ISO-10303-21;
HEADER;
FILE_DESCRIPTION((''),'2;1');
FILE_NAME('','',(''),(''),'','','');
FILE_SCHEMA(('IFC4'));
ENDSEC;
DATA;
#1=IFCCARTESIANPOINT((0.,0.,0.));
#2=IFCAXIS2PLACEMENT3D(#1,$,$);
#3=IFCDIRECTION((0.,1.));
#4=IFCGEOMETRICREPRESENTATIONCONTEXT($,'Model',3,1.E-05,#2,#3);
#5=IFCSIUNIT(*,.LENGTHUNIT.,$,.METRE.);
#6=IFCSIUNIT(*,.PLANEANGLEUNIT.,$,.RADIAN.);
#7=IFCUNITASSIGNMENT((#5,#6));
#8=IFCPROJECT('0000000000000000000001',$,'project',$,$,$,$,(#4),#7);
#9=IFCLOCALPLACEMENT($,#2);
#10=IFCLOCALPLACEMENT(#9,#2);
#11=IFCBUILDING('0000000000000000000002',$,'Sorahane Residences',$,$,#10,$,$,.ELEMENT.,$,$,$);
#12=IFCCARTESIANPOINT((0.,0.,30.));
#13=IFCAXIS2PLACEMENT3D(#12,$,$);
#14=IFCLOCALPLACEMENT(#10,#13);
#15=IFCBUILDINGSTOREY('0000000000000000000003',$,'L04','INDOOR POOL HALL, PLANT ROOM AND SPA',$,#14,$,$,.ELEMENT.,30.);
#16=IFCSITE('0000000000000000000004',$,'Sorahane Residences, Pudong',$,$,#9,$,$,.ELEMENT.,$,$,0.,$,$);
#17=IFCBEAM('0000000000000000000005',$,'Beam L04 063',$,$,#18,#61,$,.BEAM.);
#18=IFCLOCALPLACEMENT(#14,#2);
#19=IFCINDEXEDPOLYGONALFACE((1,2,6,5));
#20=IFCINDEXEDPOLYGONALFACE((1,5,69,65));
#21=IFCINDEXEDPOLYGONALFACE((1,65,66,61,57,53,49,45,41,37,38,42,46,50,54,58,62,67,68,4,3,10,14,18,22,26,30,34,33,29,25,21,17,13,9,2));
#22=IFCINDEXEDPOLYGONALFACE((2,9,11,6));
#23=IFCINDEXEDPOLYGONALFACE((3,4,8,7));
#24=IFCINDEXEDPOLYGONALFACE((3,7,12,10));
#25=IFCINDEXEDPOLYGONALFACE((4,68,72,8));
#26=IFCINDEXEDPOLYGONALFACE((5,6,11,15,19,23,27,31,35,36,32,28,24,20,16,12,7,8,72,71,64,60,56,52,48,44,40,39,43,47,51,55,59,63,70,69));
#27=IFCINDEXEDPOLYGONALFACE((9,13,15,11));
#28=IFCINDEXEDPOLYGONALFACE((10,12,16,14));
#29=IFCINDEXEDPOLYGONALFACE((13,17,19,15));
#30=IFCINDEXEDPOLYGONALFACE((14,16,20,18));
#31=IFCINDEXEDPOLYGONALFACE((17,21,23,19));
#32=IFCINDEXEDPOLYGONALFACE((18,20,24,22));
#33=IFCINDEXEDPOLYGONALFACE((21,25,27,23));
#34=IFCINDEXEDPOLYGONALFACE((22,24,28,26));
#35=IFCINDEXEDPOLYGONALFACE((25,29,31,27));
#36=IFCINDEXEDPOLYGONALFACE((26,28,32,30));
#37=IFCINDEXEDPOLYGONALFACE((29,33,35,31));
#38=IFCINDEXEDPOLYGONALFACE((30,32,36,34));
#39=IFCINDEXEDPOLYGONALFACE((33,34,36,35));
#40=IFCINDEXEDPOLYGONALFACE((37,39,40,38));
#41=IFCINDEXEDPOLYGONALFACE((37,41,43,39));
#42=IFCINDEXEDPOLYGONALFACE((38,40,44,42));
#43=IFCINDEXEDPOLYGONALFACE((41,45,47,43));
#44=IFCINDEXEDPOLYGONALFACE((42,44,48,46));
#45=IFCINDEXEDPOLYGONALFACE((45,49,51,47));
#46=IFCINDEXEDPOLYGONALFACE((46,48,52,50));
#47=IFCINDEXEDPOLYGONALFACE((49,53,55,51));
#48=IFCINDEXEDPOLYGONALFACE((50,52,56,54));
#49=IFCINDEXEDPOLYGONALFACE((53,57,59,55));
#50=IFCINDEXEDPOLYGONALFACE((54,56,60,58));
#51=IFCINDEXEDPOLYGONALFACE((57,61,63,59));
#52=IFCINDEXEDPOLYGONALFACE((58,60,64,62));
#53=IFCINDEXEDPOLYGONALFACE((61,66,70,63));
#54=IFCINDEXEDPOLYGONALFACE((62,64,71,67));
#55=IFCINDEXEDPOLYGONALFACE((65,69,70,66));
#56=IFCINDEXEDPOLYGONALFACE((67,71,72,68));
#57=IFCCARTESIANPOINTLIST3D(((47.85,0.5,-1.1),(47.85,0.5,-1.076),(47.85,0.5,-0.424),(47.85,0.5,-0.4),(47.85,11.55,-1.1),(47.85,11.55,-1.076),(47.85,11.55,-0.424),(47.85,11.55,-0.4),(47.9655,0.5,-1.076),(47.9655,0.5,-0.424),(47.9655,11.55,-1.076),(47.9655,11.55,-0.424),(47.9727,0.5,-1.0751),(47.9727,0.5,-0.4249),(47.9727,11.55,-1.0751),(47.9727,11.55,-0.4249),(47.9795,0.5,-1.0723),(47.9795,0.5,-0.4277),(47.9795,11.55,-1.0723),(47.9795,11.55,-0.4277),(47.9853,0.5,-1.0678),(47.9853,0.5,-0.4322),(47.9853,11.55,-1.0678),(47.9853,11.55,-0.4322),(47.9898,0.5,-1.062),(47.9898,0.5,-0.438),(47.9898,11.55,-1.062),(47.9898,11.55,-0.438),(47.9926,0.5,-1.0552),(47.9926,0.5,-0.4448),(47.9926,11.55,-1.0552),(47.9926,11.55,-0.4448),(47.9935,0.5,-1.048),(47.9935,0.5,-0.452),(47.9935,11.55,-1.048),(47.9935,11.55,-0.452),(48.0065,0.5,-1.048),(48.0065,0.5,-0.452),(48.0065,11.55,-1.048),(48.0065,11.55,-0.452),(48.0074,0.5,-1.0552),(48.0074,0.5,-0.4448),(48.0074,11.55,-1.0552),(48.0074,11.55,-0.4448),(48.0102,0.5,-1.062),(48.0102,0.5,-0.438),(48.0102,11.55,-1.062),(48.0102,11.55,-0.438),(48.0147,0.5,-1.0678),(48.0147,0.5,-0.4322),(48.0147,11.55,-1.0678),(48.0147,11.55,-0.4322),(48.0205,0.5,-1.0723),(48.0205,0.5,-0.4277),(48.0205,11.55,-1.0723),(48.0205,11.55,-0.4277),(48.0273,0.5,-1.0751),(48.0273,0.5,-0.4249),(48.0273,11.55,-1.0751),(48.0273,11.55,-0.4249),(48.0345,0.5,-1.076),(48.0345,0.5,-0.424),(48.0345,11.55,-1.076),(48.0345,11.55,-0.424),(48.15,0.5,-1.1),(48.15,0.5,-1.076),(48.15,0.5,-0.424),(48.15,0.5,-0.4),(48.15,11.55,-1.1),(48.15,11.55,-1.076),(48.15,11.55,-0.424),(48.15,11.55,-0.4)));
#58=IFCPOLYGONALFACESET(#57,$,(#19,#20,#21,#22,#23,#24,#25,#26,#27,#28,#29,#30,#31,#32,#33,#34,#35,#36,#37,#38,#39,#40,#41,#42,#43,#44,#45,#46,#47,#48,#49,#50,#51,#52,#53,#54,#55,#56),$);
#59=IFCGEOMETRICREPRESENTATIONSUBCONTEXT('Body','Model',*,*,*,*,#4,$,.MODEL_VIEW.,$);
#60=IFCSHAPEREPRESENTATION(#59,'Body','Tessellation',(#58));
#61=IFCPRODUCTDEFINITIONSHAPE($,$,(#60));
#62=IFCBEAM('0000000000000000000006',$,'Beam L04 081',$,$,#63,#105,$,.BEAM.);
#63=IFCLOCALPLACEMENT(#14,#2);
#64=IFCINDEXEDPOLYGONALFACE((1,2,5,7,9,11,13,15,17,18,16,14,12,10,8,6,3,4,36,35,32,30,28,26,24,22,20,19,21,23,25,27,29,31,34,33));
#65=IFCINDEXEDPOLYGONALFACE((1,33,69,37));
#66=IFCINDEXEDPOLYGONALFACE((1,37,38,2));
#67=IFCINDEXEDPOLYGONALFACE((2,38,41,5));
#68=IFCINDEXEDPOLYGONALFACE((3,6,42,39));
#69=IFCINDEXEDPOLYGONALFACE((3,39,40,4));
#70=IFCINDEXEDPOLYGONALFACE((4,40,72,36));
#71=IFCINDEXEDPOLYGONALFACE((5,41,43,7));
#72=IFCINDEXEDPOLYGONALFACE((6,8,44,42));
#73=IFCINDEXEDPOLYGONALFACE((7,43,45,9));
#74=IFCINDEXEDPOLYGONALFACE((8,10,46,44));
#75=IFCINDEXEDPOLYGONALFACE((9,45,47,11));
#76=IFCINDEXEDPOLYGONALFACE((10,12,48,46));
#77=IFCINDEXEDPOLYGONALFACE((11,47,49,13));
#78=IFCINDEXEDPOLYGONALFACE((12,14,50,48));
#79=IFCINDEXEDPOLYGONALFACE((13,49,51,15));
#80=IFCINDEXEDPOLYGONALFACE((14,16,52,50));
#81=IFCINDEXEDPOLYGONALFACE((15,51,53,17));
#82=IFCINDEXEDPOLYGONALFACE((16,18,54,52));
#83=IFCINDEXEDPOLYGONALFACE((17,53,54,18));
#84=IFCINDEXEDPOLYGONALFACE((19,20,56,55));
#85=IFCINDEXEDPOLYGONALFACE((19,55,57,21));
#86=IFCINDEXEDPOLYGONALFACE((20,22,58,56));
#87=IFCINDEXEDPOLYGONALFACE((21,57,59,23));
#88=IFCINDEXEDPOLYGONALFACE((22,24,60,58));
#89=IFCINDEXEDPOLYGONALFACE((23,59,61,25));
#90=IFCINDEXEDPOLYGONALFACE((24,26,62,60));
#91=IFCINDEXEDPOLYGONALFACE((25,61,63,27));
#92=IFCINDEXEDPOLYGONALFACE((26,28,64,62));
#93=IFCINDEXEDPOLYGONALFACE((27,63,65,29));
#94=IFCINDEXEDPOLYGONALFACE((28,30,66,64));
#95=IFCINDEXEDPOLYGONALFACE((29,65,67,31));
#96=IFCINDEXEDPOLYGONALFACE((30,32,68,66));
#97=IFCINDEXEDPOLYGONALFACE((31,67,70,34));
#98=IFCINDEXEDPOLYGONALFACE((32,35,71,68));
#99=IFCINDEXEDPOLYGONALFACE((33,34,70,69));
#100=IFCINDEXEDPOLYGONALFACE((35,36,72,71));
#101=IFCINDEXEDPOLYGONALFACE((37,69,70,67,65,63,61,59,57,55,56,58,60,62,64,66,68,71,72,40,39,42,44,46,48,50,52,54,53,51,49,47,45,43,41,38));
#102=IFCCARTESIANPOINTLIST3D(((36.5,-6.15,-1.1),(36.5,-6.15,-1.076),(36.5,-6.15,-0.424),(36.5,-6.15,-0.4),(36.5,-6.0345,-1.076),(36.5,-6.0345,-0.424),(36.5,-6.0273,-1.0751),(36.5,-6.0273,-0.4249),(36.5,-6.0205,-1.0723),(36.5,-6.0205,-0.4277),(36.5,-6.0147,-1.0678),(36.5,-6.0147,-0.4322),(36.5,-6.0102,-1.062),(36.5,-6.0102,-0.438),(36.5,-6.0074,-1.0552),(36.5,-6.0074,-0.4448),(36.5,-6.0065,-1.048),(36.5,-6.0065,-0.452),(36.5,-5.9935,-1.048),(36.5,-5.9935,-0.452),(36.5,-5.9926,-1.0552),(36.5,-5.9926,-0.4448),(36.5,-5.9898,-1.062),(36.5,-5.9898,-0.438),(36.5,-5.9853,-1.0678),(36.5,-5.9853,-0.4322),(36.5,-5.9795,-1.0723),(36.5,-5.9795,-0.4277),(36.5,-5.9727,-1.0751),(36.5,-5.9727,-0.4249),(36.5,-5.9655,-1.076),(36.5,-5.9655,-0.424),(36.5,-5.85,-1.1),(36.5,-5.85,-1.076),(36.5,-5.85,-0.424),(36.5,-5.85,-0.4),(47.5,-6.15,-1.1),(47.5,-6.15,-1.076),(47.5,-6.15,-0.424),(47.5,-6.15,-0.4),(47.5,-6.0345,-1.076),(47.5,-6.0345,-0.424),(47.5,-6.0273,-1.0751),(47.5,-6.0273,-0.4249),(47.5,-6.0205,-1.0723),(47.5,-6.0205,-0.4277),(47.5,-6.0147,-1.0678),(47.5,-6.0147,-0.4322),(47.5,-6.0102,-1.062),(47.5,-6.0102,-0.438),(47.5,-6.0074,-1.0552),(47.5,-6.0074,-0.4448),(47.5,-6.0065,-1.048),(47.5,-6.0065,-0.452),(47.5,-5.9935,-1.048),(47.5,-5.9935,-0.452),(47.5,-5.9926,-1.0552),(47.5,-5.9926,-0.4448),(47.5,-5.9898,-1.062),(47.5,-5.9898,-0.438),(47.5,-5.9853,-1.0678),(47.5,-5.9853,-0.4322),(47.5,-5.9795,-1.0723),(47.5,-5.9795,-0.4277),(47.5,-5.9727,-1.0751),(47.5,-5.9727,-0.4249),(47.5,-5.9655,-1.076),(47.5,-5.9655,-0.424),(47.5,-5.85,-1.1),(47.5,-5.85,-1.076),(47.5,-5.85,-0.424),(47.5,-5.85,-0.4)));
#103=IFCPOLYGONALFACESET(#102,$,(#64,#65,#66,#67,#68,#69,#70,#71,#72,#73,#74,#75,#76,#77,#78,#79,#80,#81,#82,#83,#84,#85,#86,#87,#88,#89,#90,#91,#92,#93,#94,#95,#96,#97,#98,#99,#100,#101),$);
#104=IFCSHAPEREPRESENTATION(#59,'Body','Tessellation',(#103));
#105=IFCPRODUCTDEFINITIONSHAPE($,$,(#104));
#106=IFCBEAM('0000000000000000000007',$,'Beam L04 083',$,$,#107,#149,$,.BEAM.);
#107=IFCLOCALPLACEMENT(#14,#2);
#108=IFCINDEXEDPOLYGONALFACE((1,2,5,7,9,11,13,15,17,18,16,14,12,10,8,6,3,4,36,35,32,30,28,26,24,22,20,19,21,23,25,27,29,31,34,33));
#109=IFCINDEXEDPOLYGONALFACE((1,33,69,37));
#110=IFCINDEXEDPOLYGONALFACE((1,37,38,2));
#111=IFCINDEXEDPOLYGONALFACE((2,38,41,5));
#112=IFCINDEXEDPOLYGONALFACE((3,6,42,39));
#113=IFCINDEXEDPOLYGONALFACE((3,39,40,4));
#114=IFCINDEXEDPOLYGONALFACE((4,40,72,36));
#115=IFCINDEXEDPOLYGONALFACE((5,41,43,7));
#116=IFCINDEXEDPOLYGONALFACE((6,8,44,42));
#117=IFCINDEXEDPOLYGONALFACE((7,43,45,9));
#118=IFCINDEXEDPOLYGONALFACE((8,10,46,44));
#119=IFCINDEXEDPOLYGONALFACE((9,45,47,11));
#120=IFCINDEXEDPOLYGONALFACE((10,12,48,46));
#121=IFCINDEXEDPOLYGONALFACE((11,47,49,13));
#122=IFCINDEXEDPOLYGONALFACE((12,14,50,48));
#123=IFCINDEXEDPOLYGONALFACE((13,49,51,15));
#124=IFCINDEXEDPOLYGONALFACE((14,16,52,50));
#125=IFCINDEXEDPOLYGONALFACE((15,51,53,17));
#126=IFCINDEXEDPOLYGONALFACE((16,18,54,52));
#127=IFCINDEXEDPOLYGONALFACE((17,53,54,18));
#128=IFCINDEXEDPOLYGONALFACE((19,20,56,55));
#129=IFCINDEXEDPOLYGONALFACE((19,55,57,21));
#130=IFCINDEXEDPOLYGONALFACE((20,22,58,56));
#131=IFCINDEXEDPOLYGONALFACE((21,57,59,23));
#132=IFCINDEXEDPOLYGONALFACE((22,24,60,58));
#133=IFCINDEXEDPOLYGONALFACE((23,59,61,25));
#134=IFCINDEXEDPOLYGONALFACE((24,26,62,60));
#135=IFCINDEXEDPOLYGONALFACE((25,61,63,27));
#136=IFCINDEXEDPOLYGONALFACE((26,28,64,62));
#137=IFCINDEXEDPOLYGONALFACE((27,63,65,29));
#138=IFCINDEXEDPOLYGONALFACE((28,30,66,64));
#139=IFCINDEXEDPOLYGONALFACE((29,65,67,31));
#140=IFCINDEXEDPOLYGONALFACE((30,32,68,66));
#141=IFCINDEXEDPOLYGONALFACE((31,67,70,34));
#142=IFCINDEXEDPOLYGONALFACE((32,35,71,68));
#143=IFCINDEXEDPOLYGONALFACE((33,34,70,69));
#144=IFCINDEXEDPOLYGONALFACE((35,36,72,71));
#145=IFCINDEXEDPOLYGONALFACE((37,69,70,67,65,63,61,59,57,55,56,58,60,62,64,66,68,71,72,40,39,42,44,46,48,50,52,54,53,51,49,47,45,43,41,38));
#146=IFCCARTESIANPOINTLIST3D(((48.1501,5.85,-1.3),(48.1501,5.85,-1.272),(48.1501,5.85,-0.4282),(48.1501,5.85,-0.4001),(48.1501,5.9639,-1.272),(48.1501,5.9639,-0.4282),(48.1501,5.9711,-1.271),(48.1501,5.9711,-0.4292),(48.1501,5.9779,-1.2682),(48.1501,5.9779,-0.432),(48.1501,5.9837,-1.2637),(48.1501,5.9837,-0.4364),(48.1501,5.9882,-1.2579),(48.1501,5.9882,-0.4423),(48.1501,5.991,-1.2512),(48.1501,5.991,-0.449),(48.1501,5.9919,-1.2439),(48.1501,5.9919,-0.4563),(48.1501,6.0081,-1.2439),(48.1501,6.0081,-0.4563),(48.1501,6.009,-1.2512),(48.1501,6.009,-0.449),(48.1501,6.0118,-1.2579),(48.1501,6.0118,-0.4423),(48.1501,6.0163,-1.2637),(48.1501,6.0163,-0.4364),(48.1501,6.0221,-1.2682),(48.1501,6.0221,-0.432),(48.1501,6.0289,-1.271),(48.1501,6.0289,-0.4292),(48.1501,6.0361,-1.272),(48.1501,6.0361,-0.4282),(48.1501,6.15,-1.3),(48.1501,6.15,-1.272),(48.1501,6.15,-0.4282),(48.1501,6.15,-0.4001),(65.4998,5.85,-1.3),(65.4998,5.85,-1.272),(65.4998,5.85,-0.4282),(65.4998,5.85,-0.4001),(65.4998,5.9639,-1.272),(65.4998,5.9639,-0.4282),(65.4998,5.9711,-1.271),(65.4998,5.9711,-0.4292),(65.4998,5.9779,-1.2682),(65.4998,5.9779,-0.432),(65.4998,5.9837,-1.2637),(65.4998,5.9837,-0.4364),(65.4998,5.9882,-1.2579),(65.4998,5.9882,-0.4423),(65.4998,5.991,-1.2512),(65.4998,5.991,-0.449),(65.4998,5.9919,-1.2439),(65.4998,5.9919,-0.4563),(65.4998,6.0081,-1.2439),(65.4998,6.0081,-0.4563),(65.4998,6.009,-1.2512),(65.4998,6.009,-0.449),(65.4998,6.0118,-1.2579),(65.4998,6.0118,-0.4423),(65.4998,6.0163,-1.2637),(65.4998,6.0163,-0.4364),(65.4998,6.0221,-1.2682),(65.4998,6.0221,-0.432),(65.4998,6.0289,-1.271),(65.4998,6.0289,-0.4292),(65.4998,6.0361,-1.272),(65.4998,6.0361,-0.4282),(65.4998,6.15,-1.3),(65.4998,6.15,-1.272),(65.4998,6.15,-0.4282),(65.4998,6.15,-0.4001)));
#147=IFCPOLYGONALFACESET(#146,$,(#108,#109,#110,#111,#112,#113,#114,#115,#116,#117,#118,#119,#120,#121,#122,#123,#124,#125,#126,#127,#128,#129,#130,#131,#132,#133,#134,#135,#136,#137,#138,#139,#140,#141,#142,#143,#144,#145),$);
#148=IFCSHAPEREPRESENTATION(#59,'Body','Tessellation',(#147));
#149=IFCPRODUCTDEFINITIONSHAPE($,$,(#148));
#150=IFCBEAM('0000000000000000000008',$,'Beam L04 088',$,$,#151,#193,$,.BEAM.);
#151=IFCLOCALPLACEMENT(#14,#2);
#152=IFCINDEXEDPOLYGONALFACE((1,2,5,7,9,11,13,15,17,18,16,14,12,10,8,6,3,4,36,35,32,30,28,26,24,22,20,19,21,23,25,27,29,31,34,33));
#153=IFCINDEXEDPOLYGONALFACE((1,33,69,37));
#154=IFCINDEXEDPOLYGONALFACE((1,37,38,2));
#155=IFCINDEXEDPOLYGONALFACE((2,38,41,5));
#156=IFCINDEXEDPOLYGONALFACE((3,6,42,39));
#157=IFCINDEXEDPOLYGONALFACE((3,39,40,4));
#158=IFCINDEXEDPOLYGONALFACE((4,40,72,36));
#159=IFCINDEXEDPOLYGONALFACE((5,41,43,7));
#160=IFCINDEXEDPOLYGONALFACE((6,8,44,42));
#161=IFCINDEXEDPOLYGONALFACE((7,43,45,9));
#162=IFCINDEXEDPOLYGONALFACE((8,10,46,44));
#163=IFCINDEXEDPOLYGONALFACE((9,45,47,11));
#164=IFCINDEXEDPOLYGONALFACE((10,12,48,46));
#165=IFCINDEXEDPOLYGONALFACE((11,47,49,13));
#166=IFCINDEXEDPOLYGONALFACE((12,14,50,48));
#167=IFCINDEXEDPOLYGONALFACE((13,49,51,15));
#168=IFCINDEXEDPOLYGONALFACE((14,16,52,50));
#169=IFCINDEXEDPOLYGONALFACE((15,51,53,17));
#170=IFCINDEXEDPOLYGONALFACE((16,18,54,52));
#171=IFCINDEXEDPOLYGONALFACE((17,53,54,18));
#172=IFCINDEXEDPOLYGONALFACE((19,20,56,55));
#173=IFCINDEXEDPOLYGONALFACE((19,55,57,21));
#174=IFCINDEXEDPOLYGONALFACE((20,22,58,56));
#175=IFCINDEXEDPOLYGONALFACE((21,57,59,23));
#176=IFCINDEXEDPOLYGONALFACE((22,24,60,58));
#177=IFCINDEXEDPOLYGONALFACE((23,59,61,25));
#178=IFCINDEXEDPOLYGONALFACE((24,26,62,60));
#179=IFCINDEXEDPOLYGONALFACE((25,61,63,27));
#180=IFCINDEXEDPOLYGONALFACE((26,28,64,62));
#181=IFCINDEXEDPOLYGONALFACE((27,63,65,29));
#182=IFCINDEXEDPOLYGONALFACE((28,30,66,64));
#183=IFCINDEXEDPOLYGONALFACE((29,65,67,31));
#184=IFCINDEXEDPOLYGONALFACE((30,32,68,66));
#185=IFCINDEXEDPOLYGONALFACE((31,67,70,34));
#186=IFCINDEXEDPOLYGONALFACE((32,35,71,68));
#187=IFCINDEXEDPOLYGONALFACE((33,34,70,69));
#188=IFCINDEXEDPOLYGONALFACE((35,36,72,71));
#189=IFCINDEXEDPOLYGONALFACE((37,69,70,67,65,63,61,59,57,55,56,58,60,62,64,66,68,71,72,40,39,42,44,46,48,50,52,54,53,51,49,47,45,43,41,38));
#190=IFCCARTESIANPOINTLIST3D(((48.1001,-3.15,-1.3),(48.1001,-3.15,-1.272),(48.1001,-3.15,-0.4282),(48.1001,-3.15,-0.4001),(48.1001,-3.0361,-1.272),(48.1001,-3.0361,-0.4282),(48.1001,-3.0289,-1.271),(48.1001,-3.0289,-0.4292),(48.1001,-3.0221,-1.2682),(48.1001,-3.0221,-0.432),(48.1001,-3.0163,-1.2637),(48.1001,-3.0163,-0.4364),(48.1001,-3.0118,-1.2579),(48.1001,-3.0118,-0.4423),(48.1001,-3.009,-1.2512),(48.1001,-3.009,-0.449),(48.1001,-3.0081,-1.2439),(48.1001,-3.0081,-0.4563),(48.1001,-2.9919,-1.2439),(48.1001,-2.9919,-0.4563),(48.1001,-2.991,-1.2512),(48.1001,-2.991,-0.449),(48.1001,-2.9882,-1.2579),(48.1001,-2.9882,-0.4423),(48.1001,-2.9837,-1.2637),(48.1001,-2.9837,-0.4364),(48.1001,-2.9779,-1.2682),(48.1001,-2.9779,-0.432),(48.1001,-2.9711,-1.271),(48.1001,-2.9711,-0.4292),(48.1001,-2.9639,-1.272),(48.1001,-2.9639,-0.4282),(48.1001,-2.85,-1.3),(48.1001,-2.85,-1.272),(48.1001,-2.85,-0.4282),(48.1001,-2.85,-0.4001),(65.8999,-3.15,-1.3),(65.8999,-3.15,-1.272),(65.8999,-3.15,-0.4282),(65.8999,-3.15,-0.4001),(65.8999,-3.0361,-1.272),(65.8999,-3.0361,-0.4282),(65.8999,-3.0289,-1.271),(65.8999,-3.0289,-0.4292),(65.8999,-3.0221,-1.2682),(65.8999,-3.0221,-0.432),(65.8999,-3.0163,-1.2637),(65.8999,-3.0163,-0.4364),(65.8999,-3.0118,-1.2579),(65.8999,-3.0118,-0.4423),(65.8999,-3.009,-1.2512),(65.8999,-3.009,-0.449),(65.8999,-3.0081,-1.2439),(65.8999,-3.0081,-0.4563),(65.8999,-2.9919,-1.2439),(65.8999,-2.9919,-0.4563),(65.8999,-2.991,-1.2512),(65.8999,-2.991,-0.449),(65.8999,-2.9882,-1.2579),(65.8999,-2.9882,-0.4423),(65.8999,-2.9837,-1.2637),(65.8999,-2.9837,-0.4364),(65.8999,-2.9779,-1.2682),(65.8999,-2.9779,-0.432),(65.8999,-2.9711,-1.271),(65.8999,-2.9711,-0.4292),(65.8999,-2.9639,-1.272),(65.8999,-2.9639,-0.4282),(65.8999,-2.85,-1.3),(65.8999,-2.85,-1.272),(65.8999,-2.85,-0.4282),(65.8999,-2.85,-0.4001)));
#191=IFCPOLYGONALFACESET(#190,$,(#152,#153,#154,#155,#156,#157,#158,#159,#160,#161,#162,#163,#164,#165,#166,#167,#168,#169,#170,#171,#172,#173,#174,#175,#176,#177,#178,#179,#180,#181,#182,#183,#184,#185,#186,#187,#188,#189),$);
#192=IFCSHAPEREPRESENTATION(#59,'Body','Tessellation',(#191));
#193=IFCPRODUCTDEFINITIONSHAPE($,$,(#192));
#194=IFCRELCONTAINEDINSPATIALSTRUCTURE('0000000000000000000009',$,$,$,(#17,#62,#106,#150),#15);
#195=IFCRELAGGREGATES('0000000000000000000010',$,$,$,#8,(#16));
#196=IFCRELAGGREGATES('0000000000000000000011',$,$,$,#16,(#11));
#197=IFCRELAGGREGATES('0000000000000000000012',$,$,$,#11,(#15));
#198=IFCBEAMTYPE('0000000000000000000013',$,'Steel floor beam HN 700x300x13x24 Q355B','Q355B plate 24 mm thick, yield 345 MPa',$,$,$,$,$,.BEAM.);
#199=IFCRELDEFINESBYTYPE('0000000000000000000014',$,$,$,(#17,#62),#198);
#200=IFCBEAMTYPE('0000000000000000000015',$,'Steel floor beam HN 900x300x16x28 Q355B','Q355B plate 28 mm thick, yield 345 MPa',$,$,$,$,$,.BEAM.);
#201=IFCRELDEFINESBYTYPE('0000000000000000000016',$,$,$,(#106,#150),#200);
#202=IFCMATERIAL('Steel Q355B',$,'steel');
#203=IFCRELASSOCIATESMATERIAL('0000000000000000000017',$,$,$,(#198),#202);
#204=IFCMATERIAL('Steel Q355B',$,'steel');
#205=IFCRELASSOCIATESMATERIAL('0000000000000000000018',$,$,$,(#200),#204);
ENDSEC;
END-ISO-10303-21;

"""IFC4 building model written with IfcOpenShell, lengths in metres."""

from ifc_helpers import new_model, si_unit, direction, frame, origin, origin_2d, place, context, subcontext, project, spatial, i_section, extrude, material, material_profile, profile_set, type_object, element, save


model = new_model("IFC4")

# Units and contexts
model_context = context("Model", 3, precision=1e-05, world=origin(), true_north=direction((0.0, 1.0)))
body_context = subcontext(model_context, "Body", "Model", "MODEL_VIEW")
ifc_project = project(units=[si_unit("LENGTHUNIT", "METRE"), si_unit("PLANEANGLEUNIT", "RADIAN")], contexts=[model_context])

# Site, building, storey
site_placement = place(None, origin())
site = spatial("IfcSite", under=ifc_project, at=site_placement, Name="Sorahane Residences, Pudong", CompositionType="ELEMENT", RefElevation=0.0)
building_placement = place(site_placement, origin())
building = spatial("IfcBuilding", under=site, at=building_placement, Name="Sorahane Residences", CompositionType="ELEMENT")
storey_placement = place(building_placement, frame((0.0, 0.0, 30.0)))
storey = spatial("IfcBuildingStorey", under=building, at=storey_placement, Name="L04", Description="INDOOR POOL HALL, PLANT ROOM AND SPA", CompositionType="ELEMENT", Elevation=30.0)

# Beams
ifc_material_1 = material(Name="Steel Q355B", Category="steel")
ifc_material_profile_1 = material_profile(ifc_material_1, i_section(OverallWidth=0.3, OverallDepth=0.7, WebThickness=0.0129, FlangeThickness=0.0239, FilletRadius=0.0281, at=origin_2d()), Name="HN 700x300x13x24")
ifc_profile_set_1 = profile_set([ifc_material_profile_1], Name="Steel Q355B")
beam_type_1 = type_object("IfcBeamType", Name="Steel floor beam HN 700x300x13x24 Q355B", Description="Q355B plate 24 mm thick, yield 345 MPa", PredefinedType="BEAM", material=ifc_profile_set_1)
beam_1_placement = place(storey_placement, frame((48.0, 0.5, -0.75), z_axis=(0.0, 1.0, 0.0), x_axis=(-1.0, 0.0, 0.0)))
element("IfcBeam", 1, at=beam_1_placement, inside=storey, type_object=beam_type_1, Name="Beam L04 063", PredefinedType="BEAM", context=body_context, shape_type="SweptSolid", body=[
    extrude(i_section(OverallWidth=0.3, OverallDepth=0.7, WebThickness=0.0129, FlangeThickness=0.0239, FilletRadius=0.0281, at=origin_2d()), origin(), (0.0, 0.0, 1.0), 11.05),
])
beam_2_placement = place(storey_placement, frame((36.5, -6.0, -0.75), z_axis=(1.0, 0.0, 0.0), x_axis=(0.0, 1.0, 0.0)))
element("IfcBeam", 2, at=beam_2_placement, inside=storey, type_object=beam_type_1, Name="Beam L04 081", PredefinedType="BEAM", context=body_context, shape_type="SweptSolid", body=[
    extrude(i_section(OverallWidth=0.3, OverallDepth=0.7, WebThickness=0.0129, FlangeThickness=0.0239, FilletRadius=0.0281, at=origin_2d()), origin(), (0.0, 0.0, 1.0), 11.0),
])
ifc_material_2 = material(Name="Steel Q355B", Category="steel")
ifc_material_profile_2 = material_profile(ifc_material_2, i_section(OverallWidth=0.3, OverallDepth=0.8999, WebThickness=0.0161, FlangeThickness=0.0281, FilletRadius=0.0281, at=origin_2d()), Name="HN 900x300x16x28")
ifc_profile_set_2 = profile_set([ifc_material_profile_2], Name="Steel Q355B")
beam_type_2 = type_object("IfcBeamType", Name="Steel floor beam HN 900x300x16x28 Q355B", Description="Q355B plate 28 mm thick, yield 345 MPa", PredefinedType="BEAM", material=ifc_profile_set_2)
beam_3_placement = place(storey_placement, frame((48.1501, 6.0, -0.8501), z_axis=(1.0, 0.0, 0.0), x_axis=(0.0, 1.0, 0.0)))
element("IfcBeam", 3, at=beam_3_placement, inside=storey, type_object=beam_type_2, Name="Beam L04 083", PredefinedType="BEAM", context=body_context, shape_type="SweptSolid", body=[
    extrude(i_section(OverallWidth=0.3, OverallDepth=0.8999, WebThickness=0.0161, FlangeThickness=0.0281, FilletRadius=0.0281, at=origin_2d()), origin(), (0.0, 0.0, 1.0), 17.3496),
])
beam_4_placement = place(storey_placement, frame((48.1001, -3.0, -0.8501), z_axis=(1.0, 0.0, 0.0), x_axis=(0.0, 1.0, 0.0)))
element("IfcBeam", 4, at=beam_4_placement, inside=storey, type_object=beam_type_2, Name="Beam L04 088", PredefinedType="BEAM", context=body_context, shape_type="SweptSolid", body=[
    extrude(i_section(OverallWidth=0.3, OverallDepth=0.8999, WebThickness=0.0161, FlangeThickness=0.0281, FilletRadius=0.0281, at=origin_2d()), origin(), (0.0, 0.0, 1.0), 17.7998),
])

save(model, "model.ifc")
